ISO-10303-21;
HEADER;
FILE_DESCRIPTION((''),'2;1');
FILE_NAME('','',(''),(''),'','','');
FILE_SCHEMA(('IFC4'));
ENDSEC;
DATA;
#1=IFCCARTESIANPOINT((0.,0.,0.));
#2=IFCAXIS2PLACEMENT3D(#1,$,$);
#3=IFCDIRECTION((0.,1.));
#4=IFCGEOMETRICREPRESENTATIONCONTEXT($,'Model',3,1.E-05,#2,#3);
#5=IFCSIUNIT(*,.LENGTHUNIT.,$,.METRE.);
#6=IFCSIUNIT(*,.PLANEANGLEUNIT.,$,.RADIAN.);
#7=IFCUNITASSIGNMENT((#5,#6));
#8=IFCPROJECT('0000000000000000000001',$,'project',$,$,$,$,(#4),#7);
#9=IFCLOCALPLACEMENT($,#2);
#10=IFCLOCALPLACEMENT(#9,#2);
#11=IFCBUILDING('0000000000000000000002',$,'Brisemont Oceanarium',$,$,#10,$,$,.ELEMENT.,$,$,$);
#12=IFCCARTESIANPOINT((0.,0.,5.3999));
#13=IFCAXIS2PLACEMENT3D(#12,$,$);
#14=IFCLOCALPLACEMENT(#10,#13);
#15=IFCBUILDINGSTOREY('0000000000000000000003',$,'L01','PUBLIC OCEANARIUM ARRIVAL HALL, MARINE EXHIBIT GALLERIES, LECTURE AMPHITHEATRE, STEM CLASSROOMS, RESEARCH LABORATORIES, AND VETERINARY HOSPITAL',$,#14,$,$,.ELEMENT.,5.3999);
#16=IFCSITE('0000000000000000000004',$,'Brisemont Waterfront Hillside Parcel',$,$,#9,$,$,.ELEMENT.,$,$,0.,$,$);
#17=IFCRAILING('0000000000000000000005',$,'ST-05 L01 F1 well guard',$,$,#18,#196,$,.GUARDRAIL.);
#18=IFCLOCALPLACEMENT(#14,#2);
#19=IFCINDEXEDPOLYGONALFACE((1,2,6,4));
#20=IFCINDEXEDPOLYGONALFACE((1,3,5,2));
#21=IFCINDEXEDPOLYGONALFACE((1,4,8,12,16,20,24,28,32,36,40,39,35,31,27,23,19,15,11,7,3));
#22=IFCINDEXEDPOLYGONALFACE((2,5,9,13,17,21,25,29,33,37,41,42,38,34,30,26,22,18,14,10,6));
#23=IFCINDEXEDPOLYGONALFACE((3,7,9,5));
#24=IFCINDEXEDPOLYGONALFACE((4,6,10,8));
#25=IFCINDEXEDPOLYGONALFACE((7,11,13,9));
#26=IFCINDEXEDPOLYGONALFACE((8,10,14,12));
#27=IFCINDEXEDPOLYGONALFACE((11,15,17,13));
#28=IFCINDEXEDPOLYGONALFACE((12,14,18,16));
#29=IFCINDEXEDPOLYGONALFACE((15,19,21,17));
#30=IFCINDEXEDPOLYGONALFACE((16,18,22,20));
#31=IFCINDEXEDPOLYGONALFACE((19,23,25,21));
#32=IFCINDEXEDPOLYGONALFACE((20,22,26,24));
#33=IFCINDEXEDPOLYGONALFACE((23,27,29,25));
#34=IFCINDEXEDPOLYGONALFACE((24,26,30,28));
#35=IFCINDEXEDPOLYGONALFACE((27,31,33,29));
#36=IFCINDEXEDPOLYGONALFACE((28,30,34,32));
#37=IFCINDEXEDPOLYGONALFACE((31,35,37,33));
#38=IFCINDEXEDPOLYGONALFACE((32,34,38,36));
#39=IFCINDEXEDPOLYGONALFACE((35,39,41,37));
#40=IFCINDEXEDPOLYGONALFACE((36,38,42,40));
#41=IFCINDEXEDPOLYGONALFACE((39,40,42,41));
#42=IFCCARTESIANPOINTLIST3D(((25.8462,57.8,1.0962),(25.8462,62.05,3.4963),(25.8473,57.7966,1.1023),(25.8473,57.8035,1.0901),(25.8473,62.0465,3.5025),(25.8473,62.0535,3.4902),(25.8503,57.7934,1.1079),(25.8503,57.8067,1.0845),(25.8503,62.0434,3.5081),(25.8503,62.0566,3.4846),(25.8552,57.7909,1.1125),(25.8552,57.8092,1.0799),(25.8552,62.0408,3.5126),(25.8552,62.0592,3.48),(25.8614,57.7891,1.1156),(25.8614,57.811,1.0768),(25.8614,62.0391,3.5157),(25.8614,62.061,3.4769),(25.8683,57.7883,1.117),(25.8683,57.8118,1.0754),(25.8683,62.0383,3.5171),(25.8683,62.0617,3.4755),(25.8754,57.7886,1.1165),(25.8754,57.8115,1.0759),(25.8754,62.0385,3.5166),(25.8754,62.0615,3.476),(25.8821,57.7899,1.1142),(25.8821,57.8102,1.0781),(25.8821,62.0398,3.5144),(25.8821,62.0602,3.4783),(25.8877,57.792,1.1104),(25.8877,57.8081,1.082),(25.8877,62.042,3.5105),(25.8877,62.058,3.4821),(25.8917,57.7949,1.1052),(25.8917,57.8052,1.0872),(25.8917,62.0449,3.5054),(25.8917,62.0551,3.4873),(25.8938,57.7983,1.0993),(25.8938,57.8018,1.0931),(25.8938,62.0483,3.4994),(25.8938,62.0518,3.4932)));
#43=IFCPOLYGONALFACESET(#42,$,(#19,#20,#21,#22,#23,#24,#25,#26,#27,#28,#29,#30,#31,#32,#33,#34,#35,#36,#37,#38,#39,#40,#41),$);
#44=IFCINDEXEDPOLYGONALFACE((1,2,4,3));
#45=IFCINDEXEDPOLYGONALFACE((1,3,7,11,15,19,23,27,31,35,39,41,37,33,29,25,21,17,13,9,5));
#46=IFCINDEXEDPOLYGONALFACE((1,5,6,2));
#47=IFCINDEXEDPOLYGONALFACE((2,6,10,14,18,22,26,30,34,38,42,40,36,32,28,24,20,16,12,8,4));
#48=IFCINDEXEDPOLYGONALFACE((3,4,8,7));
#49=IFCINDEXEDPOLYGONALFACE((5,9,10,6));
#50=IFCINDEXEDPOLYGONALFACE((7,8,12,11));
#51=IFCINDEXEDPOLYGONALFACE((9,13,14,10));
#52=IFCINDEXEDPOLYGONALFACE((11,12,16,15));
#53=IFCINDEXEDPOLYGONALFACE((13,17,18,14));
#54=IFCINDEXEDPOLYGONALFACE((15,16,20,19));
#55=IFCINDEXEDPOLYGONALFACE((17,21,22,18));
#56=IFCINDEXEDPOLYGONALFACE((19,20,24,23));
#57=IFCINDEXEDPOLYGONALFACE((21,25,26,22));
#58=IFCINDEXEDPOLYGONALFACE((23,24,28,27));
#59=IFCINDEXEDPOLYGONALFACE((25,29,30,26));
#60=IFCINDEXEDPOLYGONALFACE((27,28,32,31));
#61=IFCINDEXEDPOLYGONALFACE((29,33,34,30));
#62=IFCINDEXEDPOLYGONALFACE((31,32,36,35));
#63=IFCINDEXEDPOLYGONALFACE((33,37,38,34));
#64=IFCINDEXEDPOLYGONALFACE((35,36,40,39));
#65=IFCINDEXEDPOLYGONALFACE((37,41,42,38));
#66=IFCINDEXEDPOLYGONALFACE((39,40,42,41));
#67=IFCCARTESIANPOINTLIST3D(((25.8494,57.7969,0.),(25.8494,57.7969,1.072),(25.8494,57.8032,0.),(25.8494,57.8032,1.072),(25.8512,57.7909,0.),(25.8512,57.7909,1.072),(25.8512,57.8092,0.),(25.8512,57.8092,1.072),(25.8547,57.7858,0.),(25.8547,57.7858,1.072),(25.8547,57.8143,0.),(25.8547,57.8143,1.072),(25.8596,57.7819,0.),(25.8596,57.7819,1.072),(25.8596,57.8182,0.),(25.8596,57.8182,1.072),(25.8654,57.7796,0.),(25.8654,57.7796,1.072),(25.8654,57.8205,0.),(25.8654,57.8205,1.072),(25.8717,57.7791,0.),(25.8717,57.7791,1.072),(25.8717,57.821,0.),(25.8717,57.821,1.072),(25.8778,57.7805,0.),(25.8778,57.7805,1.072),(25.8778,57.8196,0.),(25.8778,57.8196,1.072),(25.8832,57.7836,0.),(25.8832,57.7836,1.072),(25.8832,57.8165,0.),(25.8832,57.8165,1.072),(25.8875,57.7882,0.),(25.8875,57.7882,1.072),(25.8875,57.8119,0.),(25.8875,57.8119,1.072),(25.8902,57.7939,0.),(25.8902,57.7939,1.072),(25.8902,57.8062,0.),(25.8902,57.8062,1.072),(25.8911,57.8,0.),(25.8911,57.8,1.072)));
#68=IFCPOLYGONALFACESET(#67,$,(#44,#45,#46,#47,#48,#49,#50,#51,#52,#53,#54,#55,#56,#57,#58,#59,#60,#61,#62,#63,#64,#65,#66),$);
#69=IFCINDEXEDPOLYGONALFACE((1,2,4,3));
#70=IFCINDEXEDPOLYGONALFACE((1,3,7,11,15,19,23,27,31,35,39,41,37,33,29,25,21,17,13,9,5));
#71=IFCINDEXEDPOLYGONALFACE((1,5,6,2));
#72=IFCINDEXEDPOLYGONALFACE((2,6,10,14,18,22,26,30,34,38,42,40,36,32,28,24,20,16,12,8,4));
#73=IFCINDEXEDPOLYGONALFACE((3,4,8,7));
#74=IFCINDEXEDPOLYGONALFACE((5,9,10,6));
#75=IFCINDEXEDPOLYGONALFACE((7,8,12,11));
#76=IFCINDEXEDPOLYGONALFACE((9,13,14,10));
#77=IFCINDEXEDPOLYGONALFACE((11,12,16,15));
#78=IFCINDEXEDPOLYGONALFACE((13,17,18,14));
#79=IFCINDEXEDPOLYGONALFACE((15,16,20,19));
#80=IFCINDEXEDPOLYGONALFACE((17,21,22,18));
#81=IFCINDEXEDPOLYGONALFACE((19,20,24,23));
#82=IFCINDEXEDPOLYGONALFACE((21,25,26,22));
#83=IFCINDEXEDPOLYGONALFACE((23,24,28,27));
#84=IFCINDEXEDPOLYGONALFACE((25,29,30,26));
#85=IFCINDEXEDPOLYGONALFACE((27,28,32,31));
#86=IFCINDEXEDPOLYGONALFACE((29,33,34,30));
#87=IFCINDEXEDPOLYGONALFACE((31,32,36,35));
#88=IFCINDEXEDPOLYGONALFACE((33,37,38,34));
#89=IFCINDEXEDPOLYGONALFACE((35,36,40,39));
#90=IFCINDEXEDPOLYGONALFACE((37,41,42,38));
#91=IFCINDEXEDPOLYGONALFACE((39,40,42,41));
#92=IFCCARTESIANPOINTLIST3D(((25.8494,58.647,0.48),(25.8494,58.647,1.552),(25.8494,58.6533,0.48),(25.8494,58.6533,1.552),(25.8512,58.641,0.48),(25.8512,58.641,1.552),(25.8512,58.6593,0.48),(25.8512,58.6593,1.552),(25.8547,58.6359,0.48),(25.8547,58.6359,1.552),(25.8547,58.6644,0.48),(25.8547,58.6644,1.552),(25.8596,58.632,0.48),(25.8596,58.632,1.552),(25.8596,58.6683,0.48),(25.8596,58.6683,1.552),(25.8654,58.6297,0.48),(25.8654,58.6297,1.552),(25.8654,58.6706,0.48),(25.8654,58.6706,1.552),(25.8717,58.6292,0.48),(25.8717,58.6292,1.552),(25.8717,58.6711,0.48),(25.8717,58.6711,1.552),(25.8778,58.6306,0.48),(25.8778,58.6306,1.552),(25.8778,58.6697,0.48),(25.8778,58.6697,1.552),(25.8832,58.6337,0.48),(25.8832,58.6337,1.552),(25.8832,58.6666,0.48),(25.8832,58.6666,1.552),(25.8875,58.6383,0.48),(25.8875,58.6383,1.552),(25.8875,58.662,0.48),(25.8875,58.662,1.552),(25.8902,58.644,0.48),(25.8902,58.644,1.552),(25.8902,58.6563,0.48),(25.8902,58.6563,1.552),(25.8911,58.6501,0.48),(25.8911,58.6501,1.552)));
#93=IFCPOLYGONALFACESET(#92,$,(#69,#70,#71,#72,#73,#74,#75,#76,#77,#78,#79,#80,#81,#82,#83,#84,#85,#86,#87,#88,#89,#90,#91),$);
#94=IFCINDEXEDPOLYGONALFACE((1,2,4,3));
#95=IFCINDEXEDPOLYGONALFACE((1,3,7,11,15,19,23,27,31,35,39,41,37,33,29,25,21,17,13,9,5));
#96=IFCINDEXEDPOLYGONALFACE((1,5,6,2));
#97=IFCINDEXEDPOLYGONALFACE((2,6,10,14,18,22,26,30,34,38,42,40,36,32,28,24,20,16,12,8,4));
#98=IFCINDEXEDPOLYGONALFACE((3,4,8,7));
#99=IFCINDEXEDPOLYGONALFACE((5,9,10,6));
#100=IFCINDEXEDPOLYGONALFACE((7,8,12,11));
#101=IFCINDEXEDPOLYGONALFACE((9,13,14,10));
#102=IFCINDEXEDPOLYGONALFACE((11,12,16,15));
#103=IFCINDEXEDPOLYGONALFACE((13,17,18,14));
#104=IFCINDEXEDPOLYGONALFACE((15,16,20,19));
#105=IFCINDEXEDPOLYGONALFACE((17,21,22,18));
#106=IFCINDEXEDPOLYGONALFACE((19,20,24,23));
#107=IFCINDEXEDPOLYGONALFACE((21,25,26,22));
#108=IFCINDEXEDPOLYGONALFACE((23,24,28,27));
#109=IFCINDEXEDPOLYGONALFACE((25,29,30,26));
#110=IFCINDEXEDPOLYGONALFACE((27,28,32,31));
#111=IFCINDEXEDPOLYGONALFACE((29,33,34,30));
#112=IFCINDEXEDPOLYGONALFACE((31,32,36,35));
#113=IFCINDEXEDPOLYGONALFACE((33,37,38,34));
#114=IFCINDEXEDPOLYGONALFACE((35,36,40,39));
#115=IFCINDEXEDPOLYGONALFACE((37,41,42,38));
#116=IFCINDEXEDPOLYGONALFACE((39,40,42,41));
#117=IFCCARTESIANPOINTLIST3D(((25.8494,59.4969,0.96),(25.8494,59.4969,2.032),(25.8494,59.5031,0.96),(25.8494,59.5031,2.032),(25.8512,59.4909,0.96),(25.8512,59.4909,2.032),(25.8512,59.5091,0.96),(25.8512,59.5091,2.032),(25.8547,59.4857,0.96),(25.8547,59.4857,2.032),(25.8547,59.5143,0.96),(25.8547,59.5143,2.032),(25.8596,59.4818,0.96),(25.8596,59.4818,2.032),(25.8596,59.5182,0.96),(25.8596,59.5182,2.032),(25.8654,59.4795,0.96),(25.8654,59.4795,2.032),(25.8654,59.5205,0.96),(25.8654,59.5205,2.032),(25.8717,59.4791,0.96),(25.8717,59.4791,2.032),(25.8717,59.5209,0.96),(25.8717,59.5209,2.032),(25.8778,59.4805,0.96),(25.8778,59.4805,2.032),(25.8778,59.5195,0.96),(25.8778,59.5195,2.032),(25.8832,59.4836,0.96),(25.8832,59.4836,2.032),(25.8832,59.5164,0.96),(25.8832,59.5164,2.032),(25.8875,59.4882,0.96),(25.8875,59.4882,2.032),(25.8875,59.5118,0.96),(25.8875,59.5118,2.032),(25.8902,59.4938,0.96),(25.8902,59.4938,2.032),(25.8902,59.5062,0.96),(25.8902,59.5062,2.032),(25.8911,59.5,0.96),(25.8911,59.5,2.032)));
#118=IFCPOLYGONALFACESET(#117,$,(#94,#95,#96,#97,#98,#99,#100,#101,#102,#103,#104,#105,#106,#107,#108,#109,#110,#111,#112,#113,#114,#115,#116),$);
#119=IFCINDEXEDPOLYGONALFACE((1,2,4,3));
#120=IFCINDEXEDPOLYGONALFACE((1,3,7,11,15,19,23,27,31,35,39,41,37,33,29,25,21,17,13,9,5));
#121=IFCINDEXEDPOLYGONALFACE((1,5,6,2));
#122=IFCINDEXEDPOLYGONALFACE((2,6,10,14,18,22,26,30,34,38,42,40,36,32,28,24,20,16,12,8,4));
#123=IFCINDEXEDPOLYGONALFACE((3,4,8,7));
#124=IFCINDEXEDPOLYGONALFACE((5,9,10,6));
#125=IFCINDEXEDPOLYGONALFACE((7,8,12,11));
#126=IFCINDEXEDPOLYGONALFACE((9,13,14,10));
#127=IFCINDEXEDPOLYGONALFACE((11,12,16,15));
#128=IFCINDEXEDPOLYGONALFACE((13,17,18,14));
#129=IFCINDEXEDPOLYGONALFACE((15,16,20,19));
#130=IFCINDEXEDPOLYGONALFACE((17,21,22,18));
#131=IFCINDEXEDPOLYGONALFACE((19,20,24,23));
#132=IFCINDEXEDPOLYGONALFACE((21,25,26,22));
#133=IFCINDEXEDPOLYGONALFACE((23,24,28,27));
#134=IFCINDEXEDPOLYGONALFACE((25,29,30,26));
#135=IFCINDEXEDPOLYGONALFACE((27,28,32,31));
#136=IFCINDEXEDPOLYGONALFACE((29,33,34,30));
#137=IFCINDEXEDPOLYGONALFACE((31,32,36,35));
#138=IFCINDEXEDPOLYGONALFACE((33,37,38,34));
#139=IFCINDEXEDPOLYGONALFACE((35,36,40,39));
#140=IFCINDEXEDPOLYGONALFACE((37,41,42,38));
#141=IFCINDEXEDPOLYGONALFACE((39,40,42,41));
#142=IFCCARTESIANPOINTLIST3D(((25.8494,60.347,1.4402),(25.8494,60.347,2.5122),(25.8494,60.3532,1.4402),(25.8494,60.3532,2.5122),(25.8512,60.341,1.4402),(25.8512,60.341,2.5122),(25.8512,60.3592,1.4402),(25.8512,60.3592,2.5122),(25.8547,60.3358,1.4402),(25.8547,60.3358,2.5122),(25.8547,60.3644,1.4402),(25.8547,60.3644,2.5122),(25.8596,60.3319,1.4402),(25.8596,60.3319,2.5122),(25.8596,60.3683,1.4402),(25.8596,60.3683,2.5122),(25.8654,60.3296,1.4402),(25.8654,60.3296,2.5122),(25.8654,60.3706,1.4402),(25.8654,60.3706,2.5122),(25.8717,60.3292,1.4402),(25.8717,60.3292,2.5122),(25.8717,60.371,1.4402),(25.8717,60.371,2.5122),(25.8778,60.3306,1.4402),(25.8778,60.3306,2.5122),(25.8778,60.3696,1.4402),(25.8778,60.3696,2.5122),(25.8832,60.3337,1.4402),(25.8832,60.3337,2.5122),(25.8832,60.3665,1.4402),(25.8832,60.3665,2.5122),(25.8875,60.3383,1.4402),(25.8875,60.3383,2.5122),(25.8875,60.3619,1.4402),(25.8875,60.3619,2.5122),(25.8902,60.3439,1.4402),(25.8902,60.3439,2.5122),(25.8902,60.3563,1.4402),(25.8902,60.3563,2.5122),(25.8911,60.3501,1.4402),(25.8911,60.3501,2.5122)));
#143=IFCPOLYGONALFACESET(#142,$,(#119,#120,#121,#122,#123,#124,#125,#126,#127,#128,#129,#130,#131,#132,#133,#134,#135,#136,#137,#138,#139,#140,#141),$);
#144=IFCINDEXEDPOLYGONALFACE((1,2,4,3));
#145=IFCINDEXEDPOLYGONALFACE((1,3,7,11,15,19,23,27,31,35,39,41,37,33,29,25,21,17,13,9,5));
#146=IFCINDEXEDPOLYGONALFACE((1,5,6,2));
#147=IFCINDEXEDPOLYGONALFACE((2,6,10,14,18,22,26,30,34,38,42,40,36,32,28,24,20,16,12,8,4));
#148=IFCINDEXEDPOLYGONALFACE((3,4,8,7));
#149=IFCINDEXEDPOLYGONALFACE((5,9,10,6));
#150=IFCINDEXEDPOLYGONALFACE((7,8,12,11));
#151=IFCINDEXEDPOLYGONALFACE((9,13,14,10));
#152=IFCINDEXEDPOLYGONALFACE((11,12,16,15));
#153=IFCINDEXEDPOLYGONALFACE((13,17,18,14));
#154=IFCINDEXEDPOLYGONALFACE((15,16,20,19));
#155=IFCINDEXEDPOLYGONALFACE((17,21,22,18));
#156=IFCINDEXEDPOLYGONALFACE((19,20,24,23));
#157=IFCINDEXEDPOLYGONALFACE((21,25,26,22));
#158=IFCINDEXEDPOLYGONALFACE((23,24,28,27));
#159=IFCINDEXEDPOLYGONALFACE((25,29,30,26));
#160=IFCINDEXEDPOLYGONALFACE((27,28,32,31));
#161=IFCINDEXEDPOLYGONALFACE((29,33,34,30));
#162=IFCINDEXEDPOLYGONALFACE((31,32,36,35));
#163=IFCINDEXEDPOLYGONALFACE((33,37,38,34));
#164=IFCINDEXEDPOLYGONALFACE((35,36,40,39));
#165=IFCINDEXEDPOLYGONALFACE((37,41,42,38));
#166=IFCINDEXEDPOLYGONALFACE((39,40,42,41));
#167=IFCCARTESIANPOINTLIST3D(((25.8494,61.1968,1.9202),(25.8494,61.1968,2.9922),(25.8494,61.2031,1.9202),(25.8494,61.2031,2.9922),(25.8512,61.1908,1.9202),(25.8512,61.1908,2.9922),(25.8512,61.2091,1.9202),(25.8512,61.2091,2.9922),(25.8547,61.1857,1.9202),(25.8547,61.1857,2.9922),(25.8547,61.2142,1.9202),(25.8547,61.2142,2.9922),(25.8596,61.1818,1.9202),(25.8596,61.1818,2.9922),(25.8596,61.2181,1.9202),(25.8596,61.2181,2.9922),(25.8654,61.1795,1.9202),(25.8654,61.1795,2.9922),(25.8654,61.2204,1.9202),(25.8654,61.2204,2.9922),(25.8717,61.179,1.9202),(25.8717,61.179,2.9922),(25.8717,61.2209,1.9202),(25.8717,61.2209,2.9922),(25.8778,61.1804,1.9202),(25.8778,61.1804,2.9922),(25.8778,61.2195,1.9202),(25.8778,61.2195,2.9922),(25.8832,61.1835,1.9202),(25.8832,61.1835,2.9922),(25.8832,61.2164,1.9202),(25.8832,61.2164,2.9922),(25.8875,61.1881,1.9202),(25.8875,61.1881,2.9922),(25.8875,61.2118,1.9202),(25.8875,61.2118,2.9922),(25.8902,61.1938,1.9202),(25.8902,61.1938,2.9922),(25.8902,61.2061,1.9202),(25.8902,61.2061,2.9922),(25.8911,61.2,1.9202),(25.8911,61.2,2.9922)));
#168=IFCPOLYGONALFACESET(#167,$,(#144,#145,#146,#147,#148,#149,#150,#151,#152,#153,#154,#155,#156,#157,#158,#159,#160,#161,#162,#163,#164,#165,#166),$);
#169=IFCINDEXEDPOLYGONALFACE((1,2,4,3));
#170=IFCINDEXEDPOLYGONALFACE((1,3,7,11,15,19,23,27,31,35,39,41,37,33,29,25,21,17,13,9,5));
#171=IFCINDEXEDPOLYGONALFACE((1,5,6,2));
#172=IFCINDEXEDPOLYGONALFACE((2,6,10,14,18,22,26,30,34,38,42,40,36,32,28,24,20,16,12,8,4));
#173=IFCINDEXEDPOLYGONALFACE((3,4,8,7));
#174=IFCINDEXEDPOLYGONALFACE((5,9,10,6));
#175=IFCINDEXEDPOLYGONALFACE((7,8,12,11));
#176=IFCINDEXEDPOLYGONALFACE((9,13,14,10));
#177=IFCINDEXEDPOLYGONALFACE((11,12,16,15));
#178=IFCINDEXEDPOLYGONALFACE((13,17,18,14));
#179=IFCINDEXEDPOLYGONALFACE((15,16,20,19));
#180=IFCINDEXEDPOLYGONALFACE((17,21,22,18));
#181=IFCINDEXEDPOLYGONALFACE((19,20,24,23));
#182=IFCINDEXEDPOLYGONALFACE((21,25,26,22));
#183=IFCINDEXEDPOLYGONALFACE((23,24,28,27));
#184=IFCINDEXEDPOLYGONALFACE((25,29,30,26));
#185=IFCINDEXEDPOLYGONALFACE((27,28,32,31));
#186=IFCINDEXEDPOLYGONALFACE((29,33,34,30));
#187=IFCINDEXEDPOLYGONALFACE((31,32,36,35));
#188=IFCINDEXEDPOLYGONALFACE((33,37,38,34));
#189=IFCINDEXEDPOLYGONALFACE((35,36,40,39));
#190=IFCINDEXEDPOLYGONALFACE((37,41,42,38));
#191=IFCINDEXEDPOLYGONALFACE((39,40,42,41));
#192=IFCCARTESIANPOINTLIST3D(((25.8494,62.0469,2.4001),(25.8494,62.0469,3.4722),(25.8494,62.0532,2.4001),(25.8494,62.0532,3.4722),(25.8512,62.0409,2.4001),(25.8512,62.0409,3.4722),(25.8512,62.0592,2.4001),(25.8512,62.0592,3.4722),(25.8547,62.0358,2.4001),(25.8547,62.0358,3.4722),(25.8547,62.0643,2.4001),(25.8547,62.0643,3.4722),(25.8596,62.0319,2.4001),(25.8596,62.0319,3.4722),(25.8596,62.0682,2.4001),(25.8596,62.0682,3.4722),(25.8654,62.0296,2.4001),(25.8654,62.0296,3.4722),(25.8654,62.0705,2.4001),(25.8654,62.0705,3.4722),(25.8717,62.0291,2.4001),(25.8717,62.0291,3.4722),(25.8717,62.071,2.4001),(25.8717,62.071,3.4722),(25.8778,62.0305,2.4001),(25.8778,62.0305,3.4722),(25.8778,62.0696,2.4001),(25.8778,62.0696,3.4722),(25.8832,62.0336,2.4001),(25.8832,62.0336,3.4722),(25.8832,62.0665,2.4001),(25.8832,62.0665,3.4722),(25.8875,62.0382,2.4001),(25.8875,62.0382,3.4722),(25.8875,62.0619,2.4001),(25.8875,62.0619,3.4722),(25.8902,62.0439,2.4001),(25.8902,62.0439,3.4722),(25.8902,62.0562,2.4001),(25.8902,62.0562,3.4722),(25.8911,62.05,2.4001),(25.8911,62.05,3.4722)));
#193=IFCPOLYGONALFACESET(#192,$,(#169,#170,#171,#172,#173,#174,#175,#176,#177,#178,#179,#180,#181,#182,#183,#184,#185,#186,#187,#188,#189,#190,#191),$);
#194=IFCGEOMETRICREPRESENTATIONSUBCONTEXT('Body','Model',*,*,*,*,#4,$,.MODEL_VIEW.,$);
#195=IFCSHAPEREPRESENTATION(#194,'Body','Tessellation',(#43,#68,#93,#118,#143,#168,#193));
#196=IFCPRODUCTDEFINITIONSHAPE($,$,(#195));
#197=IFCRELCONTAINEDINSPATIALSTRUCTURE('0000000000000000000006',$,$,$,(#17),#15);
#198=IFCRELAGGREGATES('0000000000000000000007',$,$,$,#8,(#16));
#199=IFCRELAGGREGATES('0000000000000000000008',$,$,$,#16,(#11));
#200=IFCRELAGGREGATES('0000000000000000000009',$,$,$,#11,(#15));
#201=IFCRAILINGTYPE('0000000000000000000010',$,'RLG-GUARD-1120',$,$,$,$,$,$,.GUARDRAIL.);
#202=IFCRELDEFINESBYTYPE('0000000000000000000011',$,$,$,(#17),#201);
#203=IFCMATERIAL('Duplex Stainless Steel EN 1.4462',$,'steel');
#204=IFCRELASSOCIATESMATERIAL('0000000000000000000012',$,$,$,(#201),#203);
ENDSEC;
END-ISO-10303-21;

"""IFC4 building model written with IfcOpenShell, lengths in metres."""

from ifc_helpers import new_model, si_unit, direction, frame, origin, origin_2d, place, context, subcontext, project, spatial, circle, extrude, material, type_object, element, save


model = new_model("IFC4")

# Units and contexts
model_context = context("Model", 3, precision=1e-05, world=origin(), true_north=direction((0.0, 1.0)))
body_context = subcontext(model_context, "Body", "Model", "MODEL_VIEW")
ifc_project = project(units=[si_unit("LENGTHUNIT", "METRE"), si_unit("PLANEANGLEUNIT", "RADIAN")], contexts=[model_context])

# Site, building, storey
site_placement = place(None, origin())
site = spatial("IfcSite", under=ifc_project, at=site_placement, Name="Brisemont Waterfront Hillside Parcel", CompositionType="ELEMENT", RefElevation=0.0)
building_placement = place(site_placement, origin())
building = spatial("IfcBuilding", under=site, at=building_placement, Name="Brisemont Oceanarium", CompositionType="ELEMENT")
storey_placement = place(building_placement, frame((0.0, 0.0, 5.3999)))
storey = spatial("IfcBuildingStorey", under=building, at=storey_placement, Name="L01", Description="PUBLIC OCEANARIUM ARRIVAL HALL, MARINE EXHIBIT GALLERIES, LECTURE AMPHITHEATRE, STEM CLASSROOMS, RESEARCH LABORATORIES, AND VETERINARY HOSPITAL", CompositionType="ELEMENT", Elevation=5.3999)

# Railing
ifc_material_1 = material(Name="Duplex Stainless Steel EN 1.4462", Category="steel")
railing_type_1 = type_object("IfcRailingType", Name="RLG-GUARD-1120", PredefinedType="GUARDRAIL", material=ifc_material_1)
railing_1_placement = place(storey_placement, frame((25.8701, 57.8, 0.0)))
element("IfcRailing", 1, at=railing_1_placement, inside=storey, type_object=railing_type_1, Name="ST-05 L01 F1 well guard", PredefinedType="GUARDRAIL", context=body_context, shape_type="SweptSolid", body=[
    extrude(circle(Radius=0.0239, at=origin_2d()), frame((0.0, 0.0, 1.0962), z_axis=(0.0, 0.870741, 0.491742), x_axis=(-1.0, 0.0, 0.0)), (0.0, 0.0, 1.0), 4.8809),
    extrude(circle(Radius=0.021, at=origin_2d()), origin(), (0.0, 0.0, 1.0), 1.072),
    extrude(circle(Radius=0.021, at=origin_2d()), frame((0.0, 0.8501, 0.48)), (0.0, 0.0, 1.0), 1.072),
    extrude(circle(Radius=0.021, at=origin_2d()), frame((0.0, 1.7, 0.96)), (0.0, 0.0, 1.0), 1.072),
    extrude(circle(Radius=0.021, at=origin_2d()), frame((0.0, 2.55, 1.4402)), (0.0, 0.0, 1.0), 1.072),
    extrude(circle(Radius=0.021, at=origin_2d()), frame((0.0, 3.3999, 1.9202)), (0.0, 0.0, 1.0), 1.072),
    extrude(circle(Radius=0.021, at=origin_2d()), frame((0.0, 4.25, 2.4001)), (0.0, 0.0, 1.0), 1.072),
])

save(model, "model.ifc")
